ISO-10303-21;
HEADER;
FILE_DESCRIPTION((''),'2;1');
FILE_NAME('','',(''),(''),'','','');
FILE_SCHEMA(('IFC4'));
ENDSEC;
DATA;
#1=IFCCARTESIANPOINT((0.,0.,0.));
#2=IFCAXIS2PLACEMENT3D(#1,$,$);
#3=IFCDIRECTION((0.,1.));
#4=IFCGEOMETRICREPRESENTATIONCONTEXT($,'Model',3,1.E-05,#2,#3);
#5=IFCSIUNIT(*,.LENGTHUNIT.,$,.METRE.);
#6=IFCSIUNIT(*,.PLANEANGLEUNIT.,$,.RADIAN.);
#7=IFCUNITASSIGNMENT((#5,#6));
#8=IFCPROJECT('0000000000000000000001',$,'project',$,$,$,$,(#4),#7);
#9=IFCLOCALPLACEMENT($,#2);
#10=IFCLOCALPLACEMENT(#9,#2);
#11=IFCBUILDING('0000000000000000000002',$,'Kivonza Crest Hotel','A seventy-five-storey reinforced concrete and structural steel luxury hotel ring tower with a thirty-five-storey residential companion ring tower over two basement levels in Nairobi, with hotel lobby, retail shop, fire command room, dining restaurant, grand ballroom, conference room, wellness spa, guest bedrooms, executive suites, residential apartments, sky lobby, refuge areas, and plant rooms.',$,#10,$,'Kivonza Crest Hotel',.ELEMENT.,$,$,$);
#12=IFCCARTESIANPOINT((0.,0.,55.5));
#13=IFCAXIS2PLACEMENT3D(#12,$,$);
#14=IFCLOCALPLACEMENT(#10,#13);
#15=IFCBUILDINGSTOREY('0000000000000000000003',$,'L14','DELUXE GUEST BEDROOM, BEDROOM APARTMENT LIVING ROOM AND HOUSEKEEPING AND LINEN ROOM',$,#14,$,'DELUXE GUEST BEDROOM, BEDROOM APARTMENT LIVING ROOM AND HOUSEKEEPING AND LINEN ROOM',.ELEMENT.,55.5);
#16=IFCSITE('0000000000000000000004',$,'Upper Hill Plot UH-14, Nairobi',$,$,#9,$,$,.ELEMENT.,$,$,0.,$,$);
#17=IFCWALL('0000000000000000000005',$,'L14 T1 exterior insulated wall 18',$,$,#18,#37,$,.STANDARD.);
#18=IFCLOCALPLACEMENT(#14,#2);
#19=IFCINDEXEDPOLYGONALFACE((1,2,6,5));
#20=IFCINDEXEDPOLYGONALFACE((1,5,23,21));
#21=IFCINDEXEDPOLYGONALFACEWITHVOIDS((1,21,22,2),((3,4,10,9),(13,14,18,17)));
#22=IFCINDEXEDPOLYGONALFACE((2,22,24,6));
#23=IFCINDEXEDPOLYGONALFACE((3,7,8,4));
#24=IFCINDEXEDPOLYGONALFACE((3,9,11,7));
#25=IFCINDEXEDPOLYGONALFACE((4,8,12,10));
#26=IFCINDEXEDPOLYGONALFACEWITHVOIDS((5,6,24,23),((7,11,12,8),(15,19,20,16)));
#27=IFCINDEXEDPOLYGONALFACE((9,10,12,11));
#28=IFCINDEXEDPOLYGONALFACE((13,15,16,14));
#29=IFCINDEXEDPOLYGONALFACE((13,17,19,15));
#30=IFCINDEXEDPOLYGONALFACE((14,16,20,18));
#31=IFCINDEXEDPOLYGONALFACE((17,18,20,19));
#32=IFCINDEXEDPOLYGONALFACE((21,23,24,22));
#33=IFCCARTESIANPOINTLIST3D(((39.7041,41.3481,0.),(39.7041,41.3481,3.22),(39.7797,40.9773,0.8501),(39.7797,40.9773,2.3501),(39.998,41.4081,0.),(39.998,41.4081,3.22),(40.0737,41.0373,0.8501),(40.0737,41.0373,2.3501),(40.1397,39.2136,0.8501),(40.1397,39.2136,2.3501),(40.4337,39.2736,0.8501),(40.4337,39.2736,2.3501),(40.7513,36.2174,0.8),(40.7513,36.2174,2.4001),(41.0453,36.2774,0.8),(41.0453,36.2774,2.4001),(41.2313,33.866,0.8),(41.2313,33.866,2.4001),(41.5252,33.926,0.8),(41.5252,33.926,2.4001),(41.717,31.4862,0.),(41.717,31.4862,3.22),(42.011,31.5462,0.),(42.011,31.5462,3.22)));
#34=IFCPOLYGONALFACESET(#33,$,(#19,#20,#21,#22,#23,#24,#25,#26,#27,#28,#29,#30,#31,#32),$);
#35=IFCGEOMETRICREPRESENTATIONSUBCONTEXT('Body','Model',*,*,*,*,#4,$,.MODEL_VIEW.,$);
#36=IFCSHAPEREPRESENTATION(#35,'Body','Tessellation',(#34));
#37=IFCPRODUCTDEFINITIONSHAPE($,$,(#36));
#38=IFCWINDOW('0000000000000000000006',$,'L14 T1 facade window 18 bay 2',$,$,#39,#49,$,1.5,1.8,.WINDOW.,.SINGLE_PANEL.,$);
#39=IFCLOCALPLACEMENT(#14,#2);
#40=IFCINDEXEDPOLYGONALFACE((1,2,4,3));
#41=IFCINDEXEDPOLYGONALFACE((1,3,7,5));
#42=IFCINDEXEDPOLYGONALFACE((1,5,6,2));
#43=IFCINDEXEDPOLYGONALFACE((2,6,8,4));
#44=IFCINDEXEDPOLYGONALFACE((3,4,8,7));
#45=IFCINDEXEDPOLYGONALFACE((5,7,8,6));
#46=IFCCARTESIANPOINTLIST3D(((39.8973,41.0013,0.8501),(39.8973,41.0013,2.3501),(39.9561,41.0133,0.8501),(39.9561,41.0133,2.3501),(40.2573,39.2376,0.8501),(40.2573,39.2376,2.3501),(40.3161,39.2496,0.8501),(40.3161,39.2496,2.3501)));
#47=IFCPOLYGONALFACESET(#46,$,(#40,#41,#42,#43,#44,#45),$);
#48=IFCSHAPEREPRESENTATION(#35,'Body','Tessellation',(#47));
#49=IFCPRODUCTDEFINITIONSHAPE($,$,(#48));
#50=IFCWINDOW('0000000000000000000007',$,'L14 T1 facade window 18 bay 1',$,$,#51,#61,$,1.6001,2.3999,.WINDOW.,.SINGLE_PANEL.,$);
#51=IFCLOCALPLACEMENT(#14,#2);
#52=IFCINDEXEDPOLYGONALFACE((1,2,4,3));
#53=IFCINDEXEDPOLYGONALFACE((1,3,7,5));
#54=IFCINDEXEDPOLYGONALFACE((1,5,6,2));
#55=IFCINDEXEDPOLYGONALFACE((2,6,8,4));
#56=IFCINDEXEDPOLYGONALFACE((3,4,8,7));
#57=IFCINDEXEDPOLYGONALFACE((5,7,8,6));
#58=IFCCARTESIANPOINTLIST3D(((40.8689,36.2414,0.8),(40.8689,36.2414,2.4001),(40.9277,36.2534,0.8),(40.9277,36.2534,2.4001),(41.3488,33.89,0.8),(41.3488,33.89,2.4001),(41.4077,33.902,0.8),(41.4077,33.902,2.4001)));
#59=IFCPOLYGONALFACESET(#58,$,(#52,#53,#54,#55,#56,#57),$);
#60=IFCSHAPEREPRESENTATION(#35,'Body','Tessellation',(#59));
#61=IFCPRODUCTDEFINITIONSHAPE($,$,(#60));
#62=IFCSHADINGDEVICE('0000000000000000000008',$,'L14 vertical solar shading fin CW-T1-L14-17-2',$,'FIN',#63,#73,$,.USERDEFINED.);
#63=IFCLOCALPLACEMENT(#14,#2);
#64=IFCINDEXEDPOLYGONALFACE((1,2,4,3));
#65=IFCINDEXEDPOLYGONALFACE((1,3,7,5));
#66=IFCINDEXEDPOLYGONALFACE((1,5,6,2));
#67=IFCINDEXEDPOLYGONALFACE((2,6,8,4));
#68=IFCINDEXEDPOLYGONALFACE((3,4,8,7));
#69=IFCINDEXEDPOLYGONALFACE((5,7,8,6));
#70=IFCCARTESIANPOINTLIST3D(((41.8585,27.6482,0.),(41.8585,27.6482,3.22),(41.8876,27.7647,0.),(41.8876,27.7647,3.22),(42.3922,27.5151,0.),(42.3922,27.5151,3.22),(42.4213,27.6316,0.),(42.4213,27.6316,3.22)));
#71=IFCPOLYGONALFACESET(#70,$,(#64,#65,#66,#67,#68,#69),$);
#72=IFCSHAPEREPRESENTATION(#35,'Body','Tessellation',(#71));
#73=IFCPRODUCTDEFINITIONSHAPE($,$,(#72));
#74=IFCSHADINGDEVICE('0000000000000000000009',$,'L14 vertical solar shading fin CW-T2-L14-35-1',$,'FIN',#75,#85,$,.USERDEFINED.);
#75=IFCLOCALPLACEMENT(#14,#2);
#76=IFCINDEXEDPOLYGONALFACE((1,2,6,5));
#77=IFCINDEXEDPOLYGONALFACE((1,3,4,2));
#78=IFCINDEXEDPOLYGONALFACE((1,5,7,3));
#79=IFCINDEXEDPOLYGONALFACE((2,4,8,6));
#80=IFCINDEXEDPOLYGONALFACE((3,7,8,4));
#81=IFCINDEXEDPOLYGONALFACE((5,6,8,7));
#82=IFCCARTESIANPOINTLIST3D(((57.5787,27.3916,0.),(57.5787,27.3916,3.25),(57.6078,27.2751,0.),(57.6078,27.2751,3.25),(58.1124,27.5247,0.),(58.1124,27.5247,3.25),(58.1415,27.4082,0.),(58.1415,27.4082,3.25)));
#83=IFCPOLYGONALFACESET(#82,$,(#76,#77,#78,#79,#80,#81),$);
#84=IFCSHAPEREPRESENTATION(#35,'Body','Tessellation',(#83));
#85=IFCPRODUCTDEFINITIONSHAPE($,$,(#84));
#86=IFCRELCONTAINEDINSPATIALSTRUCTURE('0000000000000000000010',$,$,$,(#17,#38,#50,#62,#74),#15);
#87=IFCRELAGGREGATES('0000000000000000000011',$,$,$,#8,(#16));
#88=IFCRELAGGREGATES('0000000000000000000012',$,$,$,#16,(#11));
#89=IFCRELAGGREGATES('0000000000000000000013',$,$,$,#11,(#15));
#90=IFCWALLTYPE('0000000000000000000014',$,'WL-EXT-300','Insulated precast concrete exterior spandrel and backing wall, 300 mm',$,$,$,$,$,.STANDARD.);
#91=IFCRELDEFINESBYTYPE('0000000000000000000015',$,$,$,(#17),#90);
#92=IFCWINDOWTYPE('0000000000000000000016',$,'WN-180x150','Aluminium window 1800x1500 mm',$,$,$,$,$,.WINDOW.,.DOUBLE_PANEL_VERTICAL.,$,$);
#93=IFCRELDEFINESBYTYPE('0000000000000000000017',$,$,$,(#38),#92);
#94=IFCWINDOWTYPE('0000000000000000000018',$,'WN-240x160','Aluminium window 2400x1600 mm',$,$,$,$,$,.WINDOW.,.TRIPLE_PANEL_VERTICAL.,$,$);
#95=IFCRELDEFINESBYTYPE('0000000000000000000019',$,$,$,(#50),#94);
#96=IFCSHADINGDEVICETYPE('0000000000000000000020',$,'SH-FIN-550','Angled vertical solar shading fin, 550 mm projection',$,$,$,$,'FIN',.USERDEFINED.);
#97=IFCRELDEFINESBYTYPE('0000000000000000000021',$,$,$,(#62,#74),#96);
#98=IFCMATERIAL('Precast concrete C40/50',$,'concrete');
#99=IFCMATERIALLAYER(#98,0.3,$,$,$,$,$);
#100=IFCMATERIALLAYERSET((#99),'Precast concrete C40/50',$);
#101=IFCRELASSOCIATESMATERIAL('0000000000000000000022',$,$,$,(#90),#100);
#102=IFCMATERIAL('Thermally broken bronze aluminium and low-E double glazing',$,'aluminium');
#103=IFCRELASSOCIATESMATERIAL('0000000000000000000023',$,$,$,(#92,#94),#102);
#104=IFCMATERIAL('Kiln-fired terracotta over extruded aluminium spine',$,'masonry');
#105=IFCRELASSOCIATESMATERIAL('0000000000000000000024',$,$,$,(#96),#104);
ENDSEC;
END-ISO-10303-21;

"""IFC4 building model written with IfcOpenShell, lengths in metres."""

from ifc_helpers import new_model, si_unit, direction, frame, frame_2d, origin, origin_2d, place, context, subcontext, project, spatial, rectangle, extrude, material, layer, layer_set, type_object, element, fill, save


model = new_model("IFC4")

# Units and contexts
model_context = context("Model", 3, precision=1e-05, world=origin(), true_north=direction((0.0, 1.0)))
body_context = subcontext(model_context, "Body", "Model", "MODEL_VIEW")
ifc_project = project(units=[si_unit("LENGTHUNIT", "METRE"), si_unit("PLANEANGLEUNIT", "RADIAN")], contexts=[model_context])

# Site, building, storey
site_placement = place(None, origin())
site = spatial("IfcSite", under=ifc_project, at=site_placement, Name="Upper Hill Plot UH-14, Nairobi", CompositionType="ELEMENT", RefElevation=0.0)
building_placement = place(site_placement, origin())
building = spatial("IfcBuilding", under=site, at=building_placement, Name="Kivonza Crest Hotel", Description="A seventy-five-storey reinforced concrete and structural steel luxury hotel ring tower with a thirty-five-storey residential companion ring tower over two basement levels in Nairobi, with hotel lobby, retail shop, fire command room, dining restaurant, grand ballroom, conference room, wellness spa, guest bedrooms, executive suites, residential apartments, sky lobby, refuge areas, and plant rooms.", LongName="Kivonza Crest Hotel", CompositionType="ELEMENT")
storey_placement = place(building_placement, frame((0.0, 0.0, 55.5)))
storey = spatial("IfcBuildingStorey", under=building, at=storey_placement, Name="L14", Description="DELUXE GUEST BEDROOM, BEDROOM APARTMENT LIVING ROOM AND HOUSEKEEPING AND LINEN ROOM", LongName="DELUXE GUEST BEDROOM, BEDROOM APARTMENT LIVING ROOM AND HOUSEKEEPING AND LINEN ROOM", CompositionType="ELEMENT", Elevation=55.5)

# Wall, openings, windows
ifc_material_1 = material(Name="Precast concrete C40/50", Category="concrete")
ifc_layer_1 = layer(ifc_material_1, 0.3)
ifc_layer_set_1 = layer_set([ifc_layer_1], Name="Precast concrete C40/50")
wall_type_1 = type_object("IfcWallType", Name="WL-EXT-300", Description="Insulated precast concrete exterior spandrel and backing wall, 300 mm", PredefinedType="STANDARD", material=ifc_layer_set_1)
wall_1_placement = place(storey_placement, frame((41.864, 31.5161, 0.0), z_axis=(0.0, 0.0, 1.0), x_axis=(-0.199991, 0.979798, 0.0)))
wall_1 = element("IfcWall", 1, at=wall_1_placement, inside=storey, type_object=wall_type_1, Name="L14 T1 exterior insulated wall 18", PredefinedType="STANDARD", context=body_context, shape_type="SweptSolid", body=[
    extrude(rectangle(XDim=10.0652, YDim=0.3, at=frame_2d((5.0327, 0.0))), origin(), (0.0, 0.0, 1.0), 3.22),
])
opening_1_placement = place(wall_1_placement, frame((2.429, 0.0, 0.8)))
opening_1 = element("IfcOpeningElement", 2, at=opening_1_placement, cuts=wall_1, PredefinedType="OPENING", context=body_context, shape_type="SweptSolid", body=[
    extrude(rectangle(XDim=2.3999, YDim=1.6001, at=frame_2d((1.2, 0.8))), frame((0.0, 0.1602, 0.0), z_axis=(0.0, -1.0, 0.0), x_axis=(1.0, 0.0, 0.0)), (0.0, 0.0, 1.0), 0.3201),
])
opening_2_placement = place(wall_1_placement, frame((7.887, 0.0, 0.8501)))
opening_2 = element("IfcOpeningElement", 3, at=opening_2_placement, cuts=wall_1, PredefinedType="OPENING", context=body_context, shape_type="SweptSolid", body=[
    extrude(rectangle(XDim=1.8, YDim=1.5, at=frame_2d((0.8999, 0.75))), frame((0.0, 0.1602, 0.0), z_axis=(0.0, -1.0, 0.0), x_axis=(1.0, 0.0, 0.0)), (0.0, 0.0, 1.0), 0.3201),
])
ifc_material_2 = material(Name="Thermally broken bronze aluminium and low-E double glazing", Category="aluminium")
window_type_1 = type_object("IfcWindowType", Name="WN-180x150", Description="Aluminium window 1800x1500 mm", PartitioningType="DOUBLE_PANEL_VERTICAL", PredefinedType="WINDOW", material=ifc_material_2)
window_1_placement = place(opening_2_placement, origin())
window_1 = element("IfcWindow", 4, at=window_1_placement, inside=storey, type_object=window_type_1, Name="L14 T1 facade window 18 bay 2", OverallHeight=1.5, OverallWidth=1.8, PartitioningType="SINGLE_PANEL", PredefinedType="WINDOW", context=body_context, shape_type="SweptSolid", body=[
    extrude(rectangle(XDim=1.8, YDim=1.5, at=frame_2d((0.8999, 0.75))), frame((0.0, 0.03, 0.0), z_axis=(0.0, -1.0, 0.0), x_axis=(1.0, 0.0, 0.0)), (0.0, 0.0, 1.0), 0.0601),
])
fill(opening_2, window_1)
window_type_2 = type_object("IfcWindowType", Name="WN-240x160", Description="Aluminium window 2400x1600 mm", PartitioningType="TRIPLE_PANEL_VERTICAL", PredefinedType="WINDOW", material=ifc_material_2)
window_2_placement = place(opening_1_placement, origin())
window_2 = element("IfcWindow", 5, at=window_2_placement, inside=storey, type_object=window_type_2, Name="L14 T1 facade window 18 bay 1", OverallHeight=1.6001, OverallWidth=2.3999, PartitioningType="SINGLE_PANEL", PredefinedType="WINDOW", context=body_context, shape_type="SweptSolid", body=[
    extrude(rectangle(XDim=2.3999, YDim=1.6001, at=frame_2d((1.2, 0.8))), frame((0.0, 0.03, 0.0), z_axis=(0.0, -1.0, 0.0), x_axis=(1.0, 0.0, 0.0)), (0.0, 0.0, 1.0), 0.0601),
])
fill(opening_1, window_2)

# Shading devices
ifc_material_3 = material(Name="Kiln-fired terracotta over extruded aluminium spine", Category="masonry")
shading_device_type = type_object("IfcShadingDeviceType", Name="SH-FIN-550", Description="Angled vertical solar shading fin, 550 mm projection", ElementType="FIN", PredefinedType="USERDEFINED", material=ifc_material_3)
shading_device_1_placement = place(storey_placement, frame((42.1399, 27.6399, 0.0), z_axis=(0.0, 0.0, 1.0), x_axis=(0.241922, 0.970296, 0.0)))
element("IfcShadingDevice", 6, at=shading_device_1_placement, inside=storey, type_object=shading_device_type, Name="L14 vertical solar shading fin CW-T1-L14-17-2", ObjectType="FIN", PredefinedType="USERDEFINED", context=body_context, shape_type="SweptSolid", body=[
    extrude(rectangle(XDim=0.1201, YDim=0.55, at=origin_2d()), origin(), (0.0, 0.0, 1.0), 3.22),
])
shading_device_2_placement = place(storey_placement, frame((57.8601, 27.3999, 0.0), z_axis=(0.0, 0.0, 1.0), x_axis=(0.241922, -0.970296, 0.0)))
element("IfcShadingDevice", 7, at=shading_device_2_placement, inside=storey, type_object=shading_device_type, Name="L14 vertical solar shading fin CW-T2-L14-35-1", ObjectType="FIN", PredefinedType="USERDEFINED", context=body_context, shape_type="SweptSolid", body=[
    extrude(rectangle(XDim=0.1201, YDim=0.55, at=origin_2d()), origin(), (0.0, 0.0, 1.0), 3.25),
])

save(model, "model.ifc")
